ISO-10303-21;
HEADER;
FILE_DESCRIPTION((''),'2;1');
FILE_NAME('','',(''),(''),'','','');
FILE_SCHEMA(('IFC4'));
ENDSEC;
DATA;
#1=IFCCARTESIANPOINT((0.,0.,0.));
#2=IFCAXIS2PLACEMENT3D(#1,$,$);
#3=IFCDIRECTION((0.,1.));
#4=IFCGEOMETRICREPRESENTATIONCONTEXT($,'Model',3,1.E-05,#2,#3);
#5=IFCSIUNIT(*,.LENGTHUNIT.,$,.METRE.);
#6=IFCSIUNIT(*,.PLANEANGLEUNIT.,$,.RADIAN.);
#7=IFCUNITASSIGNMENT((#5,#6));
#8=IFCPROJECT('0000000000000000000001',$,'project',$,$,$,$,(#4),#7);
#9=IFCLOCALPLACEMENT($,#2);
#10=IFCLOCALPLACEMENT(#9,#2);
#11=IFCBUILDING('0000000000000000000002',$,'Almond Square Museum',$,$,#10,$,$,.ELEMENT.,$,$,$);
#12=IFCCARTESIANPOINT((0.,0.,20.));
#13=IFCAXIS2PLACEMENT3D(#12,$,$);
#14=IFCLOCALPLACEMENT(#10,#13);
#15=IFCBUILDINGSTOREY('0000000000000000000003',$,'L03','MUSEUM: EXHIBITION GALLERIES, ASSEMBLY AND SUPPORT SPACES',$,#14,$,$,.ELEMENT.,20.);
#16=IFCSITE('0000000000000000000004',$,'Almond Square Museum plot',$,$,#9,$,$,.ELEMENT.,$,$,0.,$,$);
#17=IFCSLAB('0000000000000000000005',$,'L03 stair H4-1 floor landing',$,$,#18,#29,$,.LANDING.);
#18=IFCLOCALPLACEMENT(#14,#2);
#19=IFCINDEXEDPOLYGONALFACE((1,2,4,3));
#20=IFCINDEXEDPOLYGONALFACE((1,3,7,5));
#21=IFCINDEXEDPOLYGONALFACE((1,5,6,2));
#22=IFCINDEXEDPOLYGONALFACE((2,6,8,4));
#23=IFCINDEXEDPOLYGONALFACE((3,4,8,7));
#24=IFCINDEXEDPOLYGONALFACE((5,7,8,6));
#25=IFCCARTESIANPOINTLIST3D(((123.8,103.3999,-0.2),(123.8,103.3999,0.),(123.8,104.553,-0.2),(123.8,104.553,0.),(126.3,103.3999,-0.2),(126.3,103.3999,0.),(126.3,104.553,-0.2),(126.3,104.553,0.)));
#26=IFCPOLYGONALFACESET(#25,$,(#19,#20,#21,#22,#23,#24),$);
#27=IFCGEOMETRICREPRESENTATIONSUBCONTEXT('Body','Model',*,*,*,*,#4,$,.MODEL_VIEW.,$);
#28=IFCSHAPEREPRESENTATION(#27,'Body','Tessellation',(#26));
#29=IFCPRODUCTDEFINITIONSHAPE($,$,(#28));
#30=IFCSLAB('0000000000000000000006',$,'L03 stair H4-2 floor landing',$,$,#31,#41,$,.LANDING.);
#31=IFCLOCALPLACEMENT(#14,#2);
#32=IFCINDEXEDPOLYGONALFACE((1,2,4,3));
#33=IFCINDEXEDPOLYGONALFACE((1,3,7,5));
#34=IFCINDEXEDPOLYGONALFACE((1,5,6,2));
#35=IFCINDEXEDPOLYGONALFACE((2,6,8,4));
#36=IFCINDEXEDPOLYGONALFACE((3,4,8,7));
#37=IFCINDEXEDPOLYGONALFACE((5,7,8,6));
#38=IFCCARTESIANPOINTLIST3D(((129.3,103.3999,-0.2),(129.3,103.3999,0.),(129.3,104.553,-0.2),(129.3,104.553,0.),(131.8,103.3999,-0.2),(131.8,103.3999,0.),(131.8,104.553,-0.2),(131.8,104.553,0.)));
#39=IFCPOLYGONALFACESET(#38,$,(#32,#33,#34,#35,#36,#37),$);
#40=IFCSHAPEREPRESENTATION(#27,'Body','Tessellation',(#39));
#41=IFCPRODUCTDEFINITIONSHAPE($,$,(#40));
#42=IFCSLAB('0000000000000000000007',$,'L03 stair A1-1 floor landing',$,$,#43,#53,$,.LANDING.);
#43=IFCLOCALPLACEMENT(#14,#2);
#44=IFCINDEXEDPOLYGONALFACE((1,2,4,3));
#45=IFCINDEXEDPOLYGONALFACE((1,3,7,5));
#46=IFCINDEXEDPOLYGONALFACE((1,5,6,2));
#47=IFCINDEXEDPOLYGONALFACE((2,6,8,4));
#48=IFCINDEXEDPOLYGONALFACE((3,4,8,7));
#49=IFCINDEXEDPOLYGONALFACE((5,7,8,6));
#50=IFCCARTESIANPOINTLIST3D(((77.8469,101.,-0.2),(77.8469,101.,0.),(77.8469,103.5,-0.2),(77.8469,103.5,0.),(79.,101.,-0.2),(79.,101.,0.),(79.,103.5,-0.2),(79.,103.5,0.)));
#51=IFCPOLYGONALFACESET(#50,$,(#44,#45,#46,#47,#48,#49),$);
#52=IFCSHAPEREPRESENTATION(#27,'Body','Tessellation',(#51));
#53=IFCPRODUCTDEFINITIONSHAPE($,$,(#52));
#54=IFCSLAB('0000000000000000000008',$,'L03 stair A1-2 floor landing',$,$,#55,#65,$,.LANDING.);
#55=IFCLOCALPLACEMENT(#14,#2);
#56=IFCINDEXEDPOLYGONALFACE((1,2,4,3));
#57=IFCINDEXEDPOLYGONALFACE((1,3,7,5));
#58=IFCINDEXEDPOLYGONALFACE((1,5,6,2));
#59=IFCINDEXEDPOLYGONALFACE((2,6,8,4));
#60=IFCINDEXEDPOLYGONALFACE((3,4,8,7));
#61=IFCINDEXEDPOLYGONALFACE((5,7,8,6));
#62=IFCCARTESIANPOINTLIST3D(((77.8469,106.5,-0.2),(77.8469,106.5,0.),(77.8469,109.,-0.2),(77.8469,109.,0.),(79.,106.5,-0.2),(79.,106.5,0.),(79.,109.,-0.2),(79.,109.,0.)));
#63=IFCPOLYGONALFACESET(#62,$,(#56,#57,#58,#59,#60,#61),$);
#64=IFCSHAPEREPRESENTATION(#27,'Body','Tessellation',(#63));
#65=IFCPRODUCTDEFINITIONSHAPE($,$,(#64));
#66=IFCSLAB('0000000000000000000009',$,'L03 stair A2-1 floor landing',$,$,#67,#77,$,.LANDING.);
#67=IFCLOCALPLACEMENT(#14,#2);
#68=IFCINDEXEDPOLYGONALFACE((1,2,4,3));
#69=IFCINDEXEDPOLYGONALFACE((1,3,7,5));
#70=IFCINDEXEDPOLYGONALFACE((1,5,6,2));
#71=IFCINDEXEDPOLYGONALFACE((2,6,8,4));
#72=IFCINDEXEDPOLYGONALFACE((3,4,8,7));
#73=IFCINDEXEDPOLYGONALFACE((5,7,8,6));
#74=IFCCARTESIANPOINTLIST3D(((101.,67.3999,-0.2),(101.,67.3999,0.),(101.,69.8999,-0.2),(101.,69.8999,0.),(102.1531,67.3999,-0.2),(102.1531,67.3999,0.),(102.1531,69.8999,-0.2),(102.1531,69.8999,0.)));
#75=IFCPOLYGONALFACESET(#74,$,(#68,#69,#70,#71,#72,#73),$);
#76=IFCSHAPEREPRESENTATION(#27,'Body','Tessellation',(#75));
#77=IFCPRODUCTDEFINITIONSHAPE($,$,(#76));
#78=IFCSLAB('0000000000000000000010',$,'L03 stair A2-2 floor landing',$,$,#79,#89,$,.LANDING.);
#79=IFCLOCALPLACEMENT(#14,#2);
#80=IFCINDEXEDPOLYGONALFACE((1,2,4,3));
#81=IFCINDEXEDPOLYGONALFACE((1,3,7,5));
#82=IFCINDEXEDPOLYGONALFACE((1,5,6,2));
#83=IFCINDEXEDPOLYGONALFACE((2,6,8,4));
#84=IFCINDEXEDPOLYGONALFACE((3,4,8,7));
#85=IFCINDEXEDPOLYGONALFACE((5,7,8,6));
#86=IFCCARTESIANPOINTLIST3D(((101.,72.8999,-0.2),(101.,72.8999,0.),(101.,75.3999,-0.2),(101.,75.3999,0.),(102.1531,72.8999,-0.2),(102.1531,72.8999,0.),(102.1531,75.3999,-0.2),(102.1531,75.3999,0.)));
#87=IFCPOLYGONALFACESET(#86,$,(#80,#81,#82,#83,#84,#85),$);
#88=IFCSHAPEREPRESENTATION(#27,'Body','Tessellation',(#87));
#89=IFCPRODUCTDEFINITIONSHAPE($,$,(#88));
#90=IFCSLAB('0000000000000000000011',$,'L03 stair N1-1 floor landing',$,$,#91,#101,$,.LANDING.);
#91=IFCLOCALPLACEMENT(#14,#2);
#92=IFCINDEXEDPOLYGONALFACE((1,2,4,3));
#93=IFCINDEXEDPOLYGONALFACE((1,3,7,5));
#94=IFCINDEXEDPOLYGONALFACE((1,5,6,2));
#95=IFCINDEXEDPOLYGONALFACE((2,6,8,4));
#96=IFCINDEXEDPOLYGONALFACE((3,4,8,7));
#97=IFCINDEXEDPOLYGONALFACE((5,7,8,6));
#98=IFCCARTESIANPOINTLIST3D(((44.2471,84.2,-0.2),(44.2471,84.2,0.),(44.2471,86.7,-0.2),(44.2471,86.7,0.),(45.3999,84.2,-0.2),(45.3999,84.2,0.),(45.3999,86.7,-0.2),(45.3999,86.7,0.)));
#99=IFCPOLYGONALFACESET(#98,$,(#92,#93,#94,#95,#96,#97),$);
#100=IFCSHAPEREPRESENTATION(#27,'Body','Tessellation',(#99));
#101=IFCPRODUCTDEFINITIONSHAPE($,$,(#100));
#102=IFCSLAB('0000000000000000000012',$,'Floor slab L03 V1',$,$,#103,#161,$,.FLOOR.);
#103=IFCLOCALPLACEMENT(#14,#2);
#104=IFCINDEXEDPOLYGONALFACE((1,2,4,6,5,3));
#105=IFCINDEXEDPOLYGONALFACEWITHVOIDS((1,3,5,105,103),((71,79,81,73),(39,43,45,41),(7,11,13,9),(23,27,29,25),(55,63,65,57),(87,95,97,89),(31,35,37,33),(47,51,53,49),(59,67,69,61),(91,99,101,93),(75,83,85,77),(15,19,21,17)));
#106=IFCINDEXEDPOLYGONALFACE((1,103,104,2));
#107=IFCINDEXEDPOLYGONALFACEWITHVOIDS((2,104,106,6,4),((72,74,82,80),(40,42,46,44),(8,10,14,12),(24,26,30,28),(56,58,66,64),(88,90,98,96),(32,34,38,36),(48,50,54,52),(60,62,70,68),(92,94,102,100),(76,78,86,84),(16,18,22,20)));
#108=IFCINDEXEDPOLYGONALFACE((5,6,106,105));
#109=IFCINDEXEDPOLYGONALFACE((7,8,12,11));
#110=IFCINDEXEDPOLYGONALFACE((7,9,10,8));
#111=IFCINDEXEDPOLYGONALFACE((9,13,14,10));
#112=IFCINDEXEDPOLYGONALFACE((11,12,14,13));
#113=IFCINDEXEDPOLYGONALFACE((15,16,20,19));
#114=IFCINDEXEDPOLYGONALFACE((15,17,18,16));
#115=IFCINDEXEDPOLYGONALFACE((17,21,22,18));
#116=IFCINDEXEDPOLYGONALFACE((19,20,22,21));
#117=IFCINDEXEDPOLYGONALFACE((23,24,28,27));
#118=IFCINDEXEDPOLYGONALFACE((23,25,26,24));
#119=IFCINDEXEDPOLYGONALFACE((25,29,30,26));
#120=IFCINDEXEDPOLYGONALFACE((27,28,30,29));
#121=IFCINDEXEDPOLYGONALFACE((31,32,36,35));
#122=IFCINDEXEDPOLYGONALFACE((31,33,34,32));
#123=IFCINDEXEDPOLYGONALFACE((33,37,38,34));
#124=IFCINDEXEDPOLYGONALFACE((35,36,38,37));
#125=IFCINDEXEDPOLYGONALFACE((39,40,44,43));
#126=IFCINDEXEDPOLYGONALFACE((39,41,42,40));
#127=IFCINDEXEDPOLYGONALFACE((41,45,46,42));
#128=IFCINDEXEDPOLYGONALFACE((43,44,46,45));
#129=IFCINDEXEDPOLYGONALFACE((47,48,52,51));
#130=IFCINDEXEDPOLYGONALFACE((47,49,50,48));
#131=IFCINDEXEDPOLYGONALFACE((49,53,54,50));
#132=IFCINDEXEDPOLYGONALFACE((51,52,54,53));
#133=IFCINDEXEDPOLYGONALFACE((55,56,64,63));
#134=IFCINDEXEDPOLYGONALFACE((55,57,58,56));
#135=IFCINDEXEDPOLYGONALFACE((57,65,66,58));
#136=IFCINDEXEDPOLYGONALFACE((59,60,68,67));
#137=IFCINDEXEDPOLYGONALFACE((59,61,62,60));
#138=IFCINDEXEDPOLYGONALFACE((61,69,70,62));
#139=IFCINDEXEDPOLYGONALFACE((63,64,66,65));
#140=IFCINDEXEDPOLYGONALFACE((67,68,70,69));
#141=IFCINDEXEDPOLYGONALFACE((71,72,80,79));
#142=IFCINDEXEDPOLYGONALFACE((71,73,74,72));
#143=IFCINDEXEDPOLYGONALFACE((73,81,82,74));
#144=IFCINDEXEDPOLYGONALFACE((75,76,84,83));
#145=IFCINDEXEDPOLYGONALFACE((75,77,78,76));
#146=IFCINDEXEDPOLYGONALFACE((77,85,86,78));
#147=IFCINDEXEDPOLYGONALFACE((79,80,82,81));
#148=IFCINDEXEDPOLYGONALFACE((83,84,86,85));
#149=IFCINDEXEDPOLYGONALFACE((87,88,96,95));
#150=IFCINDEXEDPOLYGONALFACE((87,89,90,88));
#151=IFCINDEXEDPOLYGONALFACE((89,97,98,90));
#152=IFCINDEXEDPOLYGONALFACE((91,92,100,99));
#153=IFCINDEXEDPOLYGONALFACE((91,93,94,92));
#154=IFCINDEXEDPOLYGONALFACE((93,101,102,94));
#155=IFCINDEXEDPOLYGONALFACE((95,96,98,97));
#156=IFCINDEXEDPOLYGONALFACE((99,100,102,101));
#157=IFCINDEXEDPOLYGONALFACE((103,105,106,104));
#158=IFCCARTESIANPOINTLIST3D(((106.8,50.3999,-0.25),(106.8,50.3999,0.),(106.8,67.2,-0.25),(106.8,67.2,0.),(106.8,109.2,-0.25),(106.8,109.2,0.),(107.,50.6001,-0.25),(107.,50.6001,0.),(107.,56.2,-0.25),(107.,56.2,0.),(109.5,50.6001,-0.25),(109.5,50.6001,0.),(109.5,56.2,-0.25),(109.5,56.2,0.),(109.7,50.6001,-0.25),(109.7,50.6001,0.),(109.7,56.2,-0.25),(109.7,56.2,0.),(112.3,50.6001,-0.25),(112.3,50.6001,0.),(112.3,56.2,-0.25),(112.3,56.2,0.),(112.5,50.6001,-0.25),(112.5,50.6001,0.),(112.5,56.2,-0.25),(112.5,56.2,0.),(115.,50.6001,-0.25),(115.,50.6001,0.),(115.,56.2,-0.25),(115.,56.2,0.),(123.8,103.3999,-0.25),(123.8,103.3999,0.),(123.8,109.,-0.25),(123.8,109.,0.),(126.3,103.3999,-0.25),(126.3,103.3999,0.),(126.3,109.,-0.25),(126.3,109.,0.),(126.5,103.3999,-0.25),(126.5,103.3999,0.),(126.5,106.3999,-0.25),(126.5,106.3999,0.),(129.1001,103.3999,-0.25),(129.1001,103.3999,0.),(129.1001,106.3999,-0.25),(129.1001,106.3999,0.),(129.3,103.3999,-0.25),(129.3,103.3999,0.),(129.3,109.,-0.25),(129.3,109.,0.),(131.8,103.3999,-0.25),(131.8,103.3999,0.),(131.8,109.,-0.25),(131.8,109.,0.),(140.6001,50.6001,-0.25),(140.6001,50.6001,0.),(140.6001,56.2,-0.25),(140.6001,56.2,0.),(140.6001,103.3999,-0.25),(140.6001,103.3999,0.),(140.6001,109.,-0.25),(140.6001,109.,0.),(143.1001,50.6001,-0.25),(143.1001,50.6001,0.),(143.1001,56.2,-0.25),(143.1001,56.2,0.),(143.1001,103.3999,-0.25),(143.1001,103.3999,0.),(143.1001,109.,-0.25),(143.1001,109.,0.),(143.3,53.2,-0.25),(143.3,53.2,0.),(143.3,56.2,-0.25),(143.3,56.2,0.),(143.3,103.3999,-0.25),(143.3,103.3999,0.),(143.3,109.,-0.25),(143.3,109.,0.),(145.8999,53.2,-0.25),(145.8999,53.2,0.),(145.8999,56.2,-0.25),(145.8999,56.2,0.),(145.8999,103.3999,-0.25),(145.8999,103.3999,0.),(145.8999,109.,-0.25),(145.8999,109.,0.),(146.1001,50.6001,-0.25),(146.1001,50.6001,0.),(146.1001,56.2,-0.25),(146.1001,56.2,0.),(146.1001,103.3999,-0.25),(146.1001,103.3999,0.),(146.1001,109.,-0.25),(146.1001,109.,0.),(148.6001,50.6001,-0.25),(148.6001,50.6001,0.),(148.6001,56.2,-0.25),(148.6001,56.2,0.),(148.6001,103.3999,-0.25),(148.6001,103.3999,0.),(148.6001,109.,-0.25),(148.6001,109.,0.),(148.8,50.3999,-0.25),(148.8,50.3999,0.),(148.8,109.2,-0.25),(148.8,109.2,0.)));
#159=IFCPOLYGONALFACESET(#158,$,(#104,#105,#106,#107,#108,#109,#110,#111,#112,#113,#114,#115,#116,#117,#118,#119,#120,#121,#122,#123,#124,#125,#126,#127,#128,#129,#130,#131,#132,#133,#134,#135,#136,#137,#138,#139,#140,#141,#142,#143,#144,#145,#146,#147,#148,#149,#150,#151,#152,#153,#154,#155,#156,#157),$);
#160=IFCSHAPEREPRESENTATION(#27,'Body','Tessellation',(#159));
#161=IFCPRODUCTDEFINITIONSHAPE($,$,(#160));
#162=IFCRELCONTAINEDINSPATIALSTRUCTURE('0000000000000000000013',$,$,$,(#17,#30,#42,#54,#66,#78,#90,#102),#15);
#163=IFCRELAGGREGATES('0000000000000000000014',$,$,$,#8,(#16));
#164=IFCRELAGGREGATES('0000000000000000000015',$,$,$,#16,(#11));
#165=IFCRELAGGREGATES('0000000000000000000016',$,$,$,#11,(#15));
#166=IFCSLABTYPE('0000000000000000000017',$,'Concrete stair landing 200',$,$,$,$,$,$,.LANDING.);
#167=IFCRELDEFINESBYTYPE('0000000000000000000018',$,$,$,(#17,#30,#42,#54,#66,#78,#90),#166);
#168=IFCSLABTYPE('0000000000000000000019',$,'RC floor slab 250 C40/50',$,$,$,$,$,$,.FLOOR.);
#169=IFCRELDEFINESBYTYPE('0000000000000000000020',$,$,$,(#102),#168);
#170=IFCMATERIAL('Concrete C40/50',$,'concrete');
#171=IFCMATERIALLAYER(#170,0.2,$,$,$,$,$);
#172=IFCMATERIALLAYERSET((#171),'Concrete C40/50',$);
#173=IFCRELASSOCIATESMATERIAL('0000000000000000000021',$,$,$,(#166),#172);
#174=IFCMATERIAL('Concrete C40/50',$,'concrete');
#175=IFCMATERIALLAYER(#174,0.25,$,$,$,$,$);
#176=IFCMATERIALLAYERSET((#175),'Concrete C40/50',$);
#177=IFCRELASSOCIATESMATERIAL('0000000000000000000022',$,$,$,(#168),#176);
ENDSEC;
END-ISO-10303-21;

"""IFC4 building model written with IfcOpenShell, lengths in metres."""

from ifc_helpers import new_model, si_unit, direction, frame, origin, place, context, subcontext, project, spatial, polyline, outline, extrude, material, layer, layer_set, type_object, element, save


model = new_model("IFC4")

# Units and contexts
model_context = context("Model", 3, precision=1e-05, world=origin(), true_north=direction((0.0, 1.0)))
body_context = subcontext(model_context, "Body", "Model", "MODEL_VIEW")
ifc_project = project(units=[si_unit("LENGTHUNIT", "METRE"), si_unit("PLANEANGLEUNIT", "RADIAN")], contexts=[model_context])

# Site, building, storey
site_placement = place(None, origin())
site = spatial("IfcSite", under=ifc_project, at=site_placement, Name="Almond Square Museum plot", CompositionType="ELEMENT", RefElevation=0.0)
building_placement = place(site_placement, origin())
building = spatial("IfcBuilding", under=site, at=building_placement, Name="Almond Square Museum", CompositionType="ELEMENT")
storey_placement = place(building_placement, frame((0.0, 0.0, 20.0)))
storey = spatial("IfcBuildingStorey", under=building, at=storey_placement, Name="L03", Description="MUSEUM: EXHIBITION GALLERIES, ASSEMBLY AND SUPPORT SPACES", CompositionType="ELEMENT", Elevation=20.0)

# Shared definitions
ifc_material_1 = material(Name="Concrete C40/50", Category="concrete")
ifc_layer_1 = layer(ifc_material_1, 0.2)
ifc_layer_set_1 = layer_set([ifc_layer_1], Name="Concrete C40/50")
slab_type_1 = type_object("IfcSlabType", Name="Concrete stair landing 200", PredefinedType="LANDING", material=ifc_layer_set_1)

# Slabs
slab_1_placement = place(storey_placement, frame((0.0, 0.0, -0.2)))
element("IfcSlab", 1, at=slab_1_placement, inside=storey, type_object=slab_type_1, Name="L03 stair H4-1 floor landing", PredefinedType="LANDING", context=body_context, shape_type="SweptSolid", body=[
    extrude(outline(polyline([(123.8, 103.3999), (126.3, 103.3999), (126.3, 104.553), (123.8, 104.553), (123.8, 103.3999)])), origin(), (0.0, 0.0, 1.0), 0.2),
])
slab_2_placement = place(storey_placement, frame((0.0, 0.0, -0.2)))
element("IfcSlab", 2, at=slab_2_placement, inside=storey, type_object=slab_type_1, Name="L03 stair H4-2 floor landing", PredefinedType="LANDING", context=body_context, shape_type="SweptSolid", body=[
    extrude(outline(polyline([(129.3, 103.3999), (131.8, 103.3999), (131.8, 104.553), (129.3, 104.553), (129.3, 103.3999)])), origin(), (0.0, 0.0, 1.0), 0.2),
])
slab_3_placement = place(storey_placement, frame((0.0, 0.0, -0.2)))
element("IfcSlab", 3, at=slab_3_placement, inside=storey, type_object=slab_type_1, Name="L03 stair A1-1 floor landing", PredefinedType="LANDING", context=body_context, shape_type="SweptSolid", body=[
    extrude(outline(polyline([(77.8469, 101.0), (79.0, 101.0), (79.0, 103.5), (77.8469, 103.5), (77.8469, 101.0)])), origin(), (0.0, 0.0, 1.0), 0.2),
])
slab_4_placement = place(storey_placement, frame((0.0, 0.0, -0.2)))
element("IfcSlab", 4, at=slab_4_placement, inside=storey, type_object=slab_type_1, Name="L03 stair A1-2 floor landing", PredefinedType="LANDING", context=body_context, shape_type="SweptSolid", body=[
    extrude(outline(polyline([(77.8469, 106.5), (79.0, 106.5), (79.0, 109.0), (77.8469, 109.0), (77.8469, 106.5)])), origin(), (0.0, 0.0, 1.0), 0.2),
])
slab_5_placement = place(storey_placement, frame((0.0, 0.0, -0.2)))
element("IfcSlab", 5, at=slab_5_placement, inside=storey, type_object=slab_type_1, Name="L03 stair A2-1 floor landing", PredefinedType="LANDING", context=body_context, shape_type="SweptSolid", body=[
    extrude(outline(polyline([(101.0, 67.3999), (102.1531, 67.3999), (102.1531, 69.8999), (101.0, 69.8999), (101.0, 67.3999)])), origin(), (0.0, 0.0, 1.0), 0.2),
])
slab_6_placement = place(storey_placement, frame((0.0, 0.0, -0.2)))
element("IfcSlab", 6, at=slab_6_placement, inside=storey, type_object=slab_type_1, Name="L03 stair A2-2 floor landing", PredefinedType="LANDING", context=body_context, shape_type="SweptSolid", body=[
    extrude(outline(polyline([(101.0, 72.8999), (102.1531, 72.8999), (102.1531, 75.3999), (101.0, 75.3999), (101.0, 72.8999)])), origin(), (0.0, 0.0, 1.0), 0.2),
])
slab_7_placement = place(storey_placement, frame((0.0, 0.0, -0.2)))
element("IfcSlab", 7, at=slab_7_placement, inside=storey, type_object=slab_type_1, Name="L03 stair N1-1 floor landing", PredefinedType="LANDING", context=body_context, shape_type="SweptSolid", body=[
    extrude(outline(polyline([(44.2471, 84.2), (45.3999, 84.2), (45.3999, 86.7), (44.2471, 86.7), (44.2471, 84.2)])), origin(), (0.0, 0.0, 1.0), 0.2),
])
ifc_material_2 = material(Name="Concrete C40/50", Category="concrete")
ifc_layer_2 = layer(ifc_material_2, 0.25)
ifc_layer_set_2 = layer_set([ifc_layer_2], Name="Concrete C40/50")
slab_type_2 = type_object("IfcSlabType", Name="RC floor slab 250 C40/50", PredefinedType="FLOOR", material=ifc_layer_set_2)
slab_8_placement = place(storey_placement, frame((0.0, 0.0, -0.25)))
element("IfcSlab", 8, at=slab_8_placement, inside=storey, type_object=slab_type_2, Name="Floor slab L03 V1", PredefinedType="FLOOR", context=body_context, shape_type="SweptSolid", body=[
    extrude(outline(polyline([(148.8, 50.3999), (106.8, 50.3999), (106.8, 67.2), (106.8, 109.2), (148.8, 109.2), (148.8, 50.3999)]), holes=[polyline([(109.5, 50.6001), (109.5, 56.2), (107.0, 56.2), (107.0, 50.6001), (109.5, 50.6001)]), polyline([(109.7, 50.6001), (112.3, 50.6001), (112.3, 56.2), (109.7, 56.2), (109.7, 50.6001)]), polyline([(112.5, 50.6001), (115.0, 50.6001), (115.0, 56.2), (112.5, 56.2), (112.5, 50.6001)]), polyline([(143.1001, 50.6001), (143.1001, 56.2), (140.6001, 56.2), (140.6001, 50.6001), (143.1001, 50.6001)]), polyline([(146.1001, 50.6001), (148.6001, 50.6001), (148.6001, 56.2), (146.1001, 56.2), (146.1001, 50.6001)]), polyline([(143.3, 53.2), (145.8999, 53.2), (145.8999, 56.2), (143.3, 56.2), (143.3, 53.2)]), polyline([(129.1001, 103.3999), (129.1001, 106.3999), (126.5, 106.3999), (126.5, 103.3999), (129.1001, 103.3999)]), polyline([(123.8, 103.3999), (126.3, 103.3999), (126.3, 109.0), (123.8, 109.0), (123.8, 103.3999)]), polyline([(129.3, 103.3999), (131.8, 103.3999), (131.8, 109.0), (129.3, 109.0), (129.3, 103.3999)]), polyline([(143.1001, 103.3999), (143.1001, 109.0), (140.6001, 109.0), (140.6001, 103.3999), (143.1001, 103.3999)]), polyline([(143.3, 103.3999), (145.8999, 103.3999), (145.8999, 109.0), (143.3, 109.0), (143.3, 103.3999)]), polyline([(146.1001, 103.3999), (148.6001, 103.3999), (148.6001, 109.0), (146.1001, 109.0), (146.1001, 103.3999)])]), origin(), (0.0, 0.0, 1.0), 0.25),
])

save(model, "model.ifc")
